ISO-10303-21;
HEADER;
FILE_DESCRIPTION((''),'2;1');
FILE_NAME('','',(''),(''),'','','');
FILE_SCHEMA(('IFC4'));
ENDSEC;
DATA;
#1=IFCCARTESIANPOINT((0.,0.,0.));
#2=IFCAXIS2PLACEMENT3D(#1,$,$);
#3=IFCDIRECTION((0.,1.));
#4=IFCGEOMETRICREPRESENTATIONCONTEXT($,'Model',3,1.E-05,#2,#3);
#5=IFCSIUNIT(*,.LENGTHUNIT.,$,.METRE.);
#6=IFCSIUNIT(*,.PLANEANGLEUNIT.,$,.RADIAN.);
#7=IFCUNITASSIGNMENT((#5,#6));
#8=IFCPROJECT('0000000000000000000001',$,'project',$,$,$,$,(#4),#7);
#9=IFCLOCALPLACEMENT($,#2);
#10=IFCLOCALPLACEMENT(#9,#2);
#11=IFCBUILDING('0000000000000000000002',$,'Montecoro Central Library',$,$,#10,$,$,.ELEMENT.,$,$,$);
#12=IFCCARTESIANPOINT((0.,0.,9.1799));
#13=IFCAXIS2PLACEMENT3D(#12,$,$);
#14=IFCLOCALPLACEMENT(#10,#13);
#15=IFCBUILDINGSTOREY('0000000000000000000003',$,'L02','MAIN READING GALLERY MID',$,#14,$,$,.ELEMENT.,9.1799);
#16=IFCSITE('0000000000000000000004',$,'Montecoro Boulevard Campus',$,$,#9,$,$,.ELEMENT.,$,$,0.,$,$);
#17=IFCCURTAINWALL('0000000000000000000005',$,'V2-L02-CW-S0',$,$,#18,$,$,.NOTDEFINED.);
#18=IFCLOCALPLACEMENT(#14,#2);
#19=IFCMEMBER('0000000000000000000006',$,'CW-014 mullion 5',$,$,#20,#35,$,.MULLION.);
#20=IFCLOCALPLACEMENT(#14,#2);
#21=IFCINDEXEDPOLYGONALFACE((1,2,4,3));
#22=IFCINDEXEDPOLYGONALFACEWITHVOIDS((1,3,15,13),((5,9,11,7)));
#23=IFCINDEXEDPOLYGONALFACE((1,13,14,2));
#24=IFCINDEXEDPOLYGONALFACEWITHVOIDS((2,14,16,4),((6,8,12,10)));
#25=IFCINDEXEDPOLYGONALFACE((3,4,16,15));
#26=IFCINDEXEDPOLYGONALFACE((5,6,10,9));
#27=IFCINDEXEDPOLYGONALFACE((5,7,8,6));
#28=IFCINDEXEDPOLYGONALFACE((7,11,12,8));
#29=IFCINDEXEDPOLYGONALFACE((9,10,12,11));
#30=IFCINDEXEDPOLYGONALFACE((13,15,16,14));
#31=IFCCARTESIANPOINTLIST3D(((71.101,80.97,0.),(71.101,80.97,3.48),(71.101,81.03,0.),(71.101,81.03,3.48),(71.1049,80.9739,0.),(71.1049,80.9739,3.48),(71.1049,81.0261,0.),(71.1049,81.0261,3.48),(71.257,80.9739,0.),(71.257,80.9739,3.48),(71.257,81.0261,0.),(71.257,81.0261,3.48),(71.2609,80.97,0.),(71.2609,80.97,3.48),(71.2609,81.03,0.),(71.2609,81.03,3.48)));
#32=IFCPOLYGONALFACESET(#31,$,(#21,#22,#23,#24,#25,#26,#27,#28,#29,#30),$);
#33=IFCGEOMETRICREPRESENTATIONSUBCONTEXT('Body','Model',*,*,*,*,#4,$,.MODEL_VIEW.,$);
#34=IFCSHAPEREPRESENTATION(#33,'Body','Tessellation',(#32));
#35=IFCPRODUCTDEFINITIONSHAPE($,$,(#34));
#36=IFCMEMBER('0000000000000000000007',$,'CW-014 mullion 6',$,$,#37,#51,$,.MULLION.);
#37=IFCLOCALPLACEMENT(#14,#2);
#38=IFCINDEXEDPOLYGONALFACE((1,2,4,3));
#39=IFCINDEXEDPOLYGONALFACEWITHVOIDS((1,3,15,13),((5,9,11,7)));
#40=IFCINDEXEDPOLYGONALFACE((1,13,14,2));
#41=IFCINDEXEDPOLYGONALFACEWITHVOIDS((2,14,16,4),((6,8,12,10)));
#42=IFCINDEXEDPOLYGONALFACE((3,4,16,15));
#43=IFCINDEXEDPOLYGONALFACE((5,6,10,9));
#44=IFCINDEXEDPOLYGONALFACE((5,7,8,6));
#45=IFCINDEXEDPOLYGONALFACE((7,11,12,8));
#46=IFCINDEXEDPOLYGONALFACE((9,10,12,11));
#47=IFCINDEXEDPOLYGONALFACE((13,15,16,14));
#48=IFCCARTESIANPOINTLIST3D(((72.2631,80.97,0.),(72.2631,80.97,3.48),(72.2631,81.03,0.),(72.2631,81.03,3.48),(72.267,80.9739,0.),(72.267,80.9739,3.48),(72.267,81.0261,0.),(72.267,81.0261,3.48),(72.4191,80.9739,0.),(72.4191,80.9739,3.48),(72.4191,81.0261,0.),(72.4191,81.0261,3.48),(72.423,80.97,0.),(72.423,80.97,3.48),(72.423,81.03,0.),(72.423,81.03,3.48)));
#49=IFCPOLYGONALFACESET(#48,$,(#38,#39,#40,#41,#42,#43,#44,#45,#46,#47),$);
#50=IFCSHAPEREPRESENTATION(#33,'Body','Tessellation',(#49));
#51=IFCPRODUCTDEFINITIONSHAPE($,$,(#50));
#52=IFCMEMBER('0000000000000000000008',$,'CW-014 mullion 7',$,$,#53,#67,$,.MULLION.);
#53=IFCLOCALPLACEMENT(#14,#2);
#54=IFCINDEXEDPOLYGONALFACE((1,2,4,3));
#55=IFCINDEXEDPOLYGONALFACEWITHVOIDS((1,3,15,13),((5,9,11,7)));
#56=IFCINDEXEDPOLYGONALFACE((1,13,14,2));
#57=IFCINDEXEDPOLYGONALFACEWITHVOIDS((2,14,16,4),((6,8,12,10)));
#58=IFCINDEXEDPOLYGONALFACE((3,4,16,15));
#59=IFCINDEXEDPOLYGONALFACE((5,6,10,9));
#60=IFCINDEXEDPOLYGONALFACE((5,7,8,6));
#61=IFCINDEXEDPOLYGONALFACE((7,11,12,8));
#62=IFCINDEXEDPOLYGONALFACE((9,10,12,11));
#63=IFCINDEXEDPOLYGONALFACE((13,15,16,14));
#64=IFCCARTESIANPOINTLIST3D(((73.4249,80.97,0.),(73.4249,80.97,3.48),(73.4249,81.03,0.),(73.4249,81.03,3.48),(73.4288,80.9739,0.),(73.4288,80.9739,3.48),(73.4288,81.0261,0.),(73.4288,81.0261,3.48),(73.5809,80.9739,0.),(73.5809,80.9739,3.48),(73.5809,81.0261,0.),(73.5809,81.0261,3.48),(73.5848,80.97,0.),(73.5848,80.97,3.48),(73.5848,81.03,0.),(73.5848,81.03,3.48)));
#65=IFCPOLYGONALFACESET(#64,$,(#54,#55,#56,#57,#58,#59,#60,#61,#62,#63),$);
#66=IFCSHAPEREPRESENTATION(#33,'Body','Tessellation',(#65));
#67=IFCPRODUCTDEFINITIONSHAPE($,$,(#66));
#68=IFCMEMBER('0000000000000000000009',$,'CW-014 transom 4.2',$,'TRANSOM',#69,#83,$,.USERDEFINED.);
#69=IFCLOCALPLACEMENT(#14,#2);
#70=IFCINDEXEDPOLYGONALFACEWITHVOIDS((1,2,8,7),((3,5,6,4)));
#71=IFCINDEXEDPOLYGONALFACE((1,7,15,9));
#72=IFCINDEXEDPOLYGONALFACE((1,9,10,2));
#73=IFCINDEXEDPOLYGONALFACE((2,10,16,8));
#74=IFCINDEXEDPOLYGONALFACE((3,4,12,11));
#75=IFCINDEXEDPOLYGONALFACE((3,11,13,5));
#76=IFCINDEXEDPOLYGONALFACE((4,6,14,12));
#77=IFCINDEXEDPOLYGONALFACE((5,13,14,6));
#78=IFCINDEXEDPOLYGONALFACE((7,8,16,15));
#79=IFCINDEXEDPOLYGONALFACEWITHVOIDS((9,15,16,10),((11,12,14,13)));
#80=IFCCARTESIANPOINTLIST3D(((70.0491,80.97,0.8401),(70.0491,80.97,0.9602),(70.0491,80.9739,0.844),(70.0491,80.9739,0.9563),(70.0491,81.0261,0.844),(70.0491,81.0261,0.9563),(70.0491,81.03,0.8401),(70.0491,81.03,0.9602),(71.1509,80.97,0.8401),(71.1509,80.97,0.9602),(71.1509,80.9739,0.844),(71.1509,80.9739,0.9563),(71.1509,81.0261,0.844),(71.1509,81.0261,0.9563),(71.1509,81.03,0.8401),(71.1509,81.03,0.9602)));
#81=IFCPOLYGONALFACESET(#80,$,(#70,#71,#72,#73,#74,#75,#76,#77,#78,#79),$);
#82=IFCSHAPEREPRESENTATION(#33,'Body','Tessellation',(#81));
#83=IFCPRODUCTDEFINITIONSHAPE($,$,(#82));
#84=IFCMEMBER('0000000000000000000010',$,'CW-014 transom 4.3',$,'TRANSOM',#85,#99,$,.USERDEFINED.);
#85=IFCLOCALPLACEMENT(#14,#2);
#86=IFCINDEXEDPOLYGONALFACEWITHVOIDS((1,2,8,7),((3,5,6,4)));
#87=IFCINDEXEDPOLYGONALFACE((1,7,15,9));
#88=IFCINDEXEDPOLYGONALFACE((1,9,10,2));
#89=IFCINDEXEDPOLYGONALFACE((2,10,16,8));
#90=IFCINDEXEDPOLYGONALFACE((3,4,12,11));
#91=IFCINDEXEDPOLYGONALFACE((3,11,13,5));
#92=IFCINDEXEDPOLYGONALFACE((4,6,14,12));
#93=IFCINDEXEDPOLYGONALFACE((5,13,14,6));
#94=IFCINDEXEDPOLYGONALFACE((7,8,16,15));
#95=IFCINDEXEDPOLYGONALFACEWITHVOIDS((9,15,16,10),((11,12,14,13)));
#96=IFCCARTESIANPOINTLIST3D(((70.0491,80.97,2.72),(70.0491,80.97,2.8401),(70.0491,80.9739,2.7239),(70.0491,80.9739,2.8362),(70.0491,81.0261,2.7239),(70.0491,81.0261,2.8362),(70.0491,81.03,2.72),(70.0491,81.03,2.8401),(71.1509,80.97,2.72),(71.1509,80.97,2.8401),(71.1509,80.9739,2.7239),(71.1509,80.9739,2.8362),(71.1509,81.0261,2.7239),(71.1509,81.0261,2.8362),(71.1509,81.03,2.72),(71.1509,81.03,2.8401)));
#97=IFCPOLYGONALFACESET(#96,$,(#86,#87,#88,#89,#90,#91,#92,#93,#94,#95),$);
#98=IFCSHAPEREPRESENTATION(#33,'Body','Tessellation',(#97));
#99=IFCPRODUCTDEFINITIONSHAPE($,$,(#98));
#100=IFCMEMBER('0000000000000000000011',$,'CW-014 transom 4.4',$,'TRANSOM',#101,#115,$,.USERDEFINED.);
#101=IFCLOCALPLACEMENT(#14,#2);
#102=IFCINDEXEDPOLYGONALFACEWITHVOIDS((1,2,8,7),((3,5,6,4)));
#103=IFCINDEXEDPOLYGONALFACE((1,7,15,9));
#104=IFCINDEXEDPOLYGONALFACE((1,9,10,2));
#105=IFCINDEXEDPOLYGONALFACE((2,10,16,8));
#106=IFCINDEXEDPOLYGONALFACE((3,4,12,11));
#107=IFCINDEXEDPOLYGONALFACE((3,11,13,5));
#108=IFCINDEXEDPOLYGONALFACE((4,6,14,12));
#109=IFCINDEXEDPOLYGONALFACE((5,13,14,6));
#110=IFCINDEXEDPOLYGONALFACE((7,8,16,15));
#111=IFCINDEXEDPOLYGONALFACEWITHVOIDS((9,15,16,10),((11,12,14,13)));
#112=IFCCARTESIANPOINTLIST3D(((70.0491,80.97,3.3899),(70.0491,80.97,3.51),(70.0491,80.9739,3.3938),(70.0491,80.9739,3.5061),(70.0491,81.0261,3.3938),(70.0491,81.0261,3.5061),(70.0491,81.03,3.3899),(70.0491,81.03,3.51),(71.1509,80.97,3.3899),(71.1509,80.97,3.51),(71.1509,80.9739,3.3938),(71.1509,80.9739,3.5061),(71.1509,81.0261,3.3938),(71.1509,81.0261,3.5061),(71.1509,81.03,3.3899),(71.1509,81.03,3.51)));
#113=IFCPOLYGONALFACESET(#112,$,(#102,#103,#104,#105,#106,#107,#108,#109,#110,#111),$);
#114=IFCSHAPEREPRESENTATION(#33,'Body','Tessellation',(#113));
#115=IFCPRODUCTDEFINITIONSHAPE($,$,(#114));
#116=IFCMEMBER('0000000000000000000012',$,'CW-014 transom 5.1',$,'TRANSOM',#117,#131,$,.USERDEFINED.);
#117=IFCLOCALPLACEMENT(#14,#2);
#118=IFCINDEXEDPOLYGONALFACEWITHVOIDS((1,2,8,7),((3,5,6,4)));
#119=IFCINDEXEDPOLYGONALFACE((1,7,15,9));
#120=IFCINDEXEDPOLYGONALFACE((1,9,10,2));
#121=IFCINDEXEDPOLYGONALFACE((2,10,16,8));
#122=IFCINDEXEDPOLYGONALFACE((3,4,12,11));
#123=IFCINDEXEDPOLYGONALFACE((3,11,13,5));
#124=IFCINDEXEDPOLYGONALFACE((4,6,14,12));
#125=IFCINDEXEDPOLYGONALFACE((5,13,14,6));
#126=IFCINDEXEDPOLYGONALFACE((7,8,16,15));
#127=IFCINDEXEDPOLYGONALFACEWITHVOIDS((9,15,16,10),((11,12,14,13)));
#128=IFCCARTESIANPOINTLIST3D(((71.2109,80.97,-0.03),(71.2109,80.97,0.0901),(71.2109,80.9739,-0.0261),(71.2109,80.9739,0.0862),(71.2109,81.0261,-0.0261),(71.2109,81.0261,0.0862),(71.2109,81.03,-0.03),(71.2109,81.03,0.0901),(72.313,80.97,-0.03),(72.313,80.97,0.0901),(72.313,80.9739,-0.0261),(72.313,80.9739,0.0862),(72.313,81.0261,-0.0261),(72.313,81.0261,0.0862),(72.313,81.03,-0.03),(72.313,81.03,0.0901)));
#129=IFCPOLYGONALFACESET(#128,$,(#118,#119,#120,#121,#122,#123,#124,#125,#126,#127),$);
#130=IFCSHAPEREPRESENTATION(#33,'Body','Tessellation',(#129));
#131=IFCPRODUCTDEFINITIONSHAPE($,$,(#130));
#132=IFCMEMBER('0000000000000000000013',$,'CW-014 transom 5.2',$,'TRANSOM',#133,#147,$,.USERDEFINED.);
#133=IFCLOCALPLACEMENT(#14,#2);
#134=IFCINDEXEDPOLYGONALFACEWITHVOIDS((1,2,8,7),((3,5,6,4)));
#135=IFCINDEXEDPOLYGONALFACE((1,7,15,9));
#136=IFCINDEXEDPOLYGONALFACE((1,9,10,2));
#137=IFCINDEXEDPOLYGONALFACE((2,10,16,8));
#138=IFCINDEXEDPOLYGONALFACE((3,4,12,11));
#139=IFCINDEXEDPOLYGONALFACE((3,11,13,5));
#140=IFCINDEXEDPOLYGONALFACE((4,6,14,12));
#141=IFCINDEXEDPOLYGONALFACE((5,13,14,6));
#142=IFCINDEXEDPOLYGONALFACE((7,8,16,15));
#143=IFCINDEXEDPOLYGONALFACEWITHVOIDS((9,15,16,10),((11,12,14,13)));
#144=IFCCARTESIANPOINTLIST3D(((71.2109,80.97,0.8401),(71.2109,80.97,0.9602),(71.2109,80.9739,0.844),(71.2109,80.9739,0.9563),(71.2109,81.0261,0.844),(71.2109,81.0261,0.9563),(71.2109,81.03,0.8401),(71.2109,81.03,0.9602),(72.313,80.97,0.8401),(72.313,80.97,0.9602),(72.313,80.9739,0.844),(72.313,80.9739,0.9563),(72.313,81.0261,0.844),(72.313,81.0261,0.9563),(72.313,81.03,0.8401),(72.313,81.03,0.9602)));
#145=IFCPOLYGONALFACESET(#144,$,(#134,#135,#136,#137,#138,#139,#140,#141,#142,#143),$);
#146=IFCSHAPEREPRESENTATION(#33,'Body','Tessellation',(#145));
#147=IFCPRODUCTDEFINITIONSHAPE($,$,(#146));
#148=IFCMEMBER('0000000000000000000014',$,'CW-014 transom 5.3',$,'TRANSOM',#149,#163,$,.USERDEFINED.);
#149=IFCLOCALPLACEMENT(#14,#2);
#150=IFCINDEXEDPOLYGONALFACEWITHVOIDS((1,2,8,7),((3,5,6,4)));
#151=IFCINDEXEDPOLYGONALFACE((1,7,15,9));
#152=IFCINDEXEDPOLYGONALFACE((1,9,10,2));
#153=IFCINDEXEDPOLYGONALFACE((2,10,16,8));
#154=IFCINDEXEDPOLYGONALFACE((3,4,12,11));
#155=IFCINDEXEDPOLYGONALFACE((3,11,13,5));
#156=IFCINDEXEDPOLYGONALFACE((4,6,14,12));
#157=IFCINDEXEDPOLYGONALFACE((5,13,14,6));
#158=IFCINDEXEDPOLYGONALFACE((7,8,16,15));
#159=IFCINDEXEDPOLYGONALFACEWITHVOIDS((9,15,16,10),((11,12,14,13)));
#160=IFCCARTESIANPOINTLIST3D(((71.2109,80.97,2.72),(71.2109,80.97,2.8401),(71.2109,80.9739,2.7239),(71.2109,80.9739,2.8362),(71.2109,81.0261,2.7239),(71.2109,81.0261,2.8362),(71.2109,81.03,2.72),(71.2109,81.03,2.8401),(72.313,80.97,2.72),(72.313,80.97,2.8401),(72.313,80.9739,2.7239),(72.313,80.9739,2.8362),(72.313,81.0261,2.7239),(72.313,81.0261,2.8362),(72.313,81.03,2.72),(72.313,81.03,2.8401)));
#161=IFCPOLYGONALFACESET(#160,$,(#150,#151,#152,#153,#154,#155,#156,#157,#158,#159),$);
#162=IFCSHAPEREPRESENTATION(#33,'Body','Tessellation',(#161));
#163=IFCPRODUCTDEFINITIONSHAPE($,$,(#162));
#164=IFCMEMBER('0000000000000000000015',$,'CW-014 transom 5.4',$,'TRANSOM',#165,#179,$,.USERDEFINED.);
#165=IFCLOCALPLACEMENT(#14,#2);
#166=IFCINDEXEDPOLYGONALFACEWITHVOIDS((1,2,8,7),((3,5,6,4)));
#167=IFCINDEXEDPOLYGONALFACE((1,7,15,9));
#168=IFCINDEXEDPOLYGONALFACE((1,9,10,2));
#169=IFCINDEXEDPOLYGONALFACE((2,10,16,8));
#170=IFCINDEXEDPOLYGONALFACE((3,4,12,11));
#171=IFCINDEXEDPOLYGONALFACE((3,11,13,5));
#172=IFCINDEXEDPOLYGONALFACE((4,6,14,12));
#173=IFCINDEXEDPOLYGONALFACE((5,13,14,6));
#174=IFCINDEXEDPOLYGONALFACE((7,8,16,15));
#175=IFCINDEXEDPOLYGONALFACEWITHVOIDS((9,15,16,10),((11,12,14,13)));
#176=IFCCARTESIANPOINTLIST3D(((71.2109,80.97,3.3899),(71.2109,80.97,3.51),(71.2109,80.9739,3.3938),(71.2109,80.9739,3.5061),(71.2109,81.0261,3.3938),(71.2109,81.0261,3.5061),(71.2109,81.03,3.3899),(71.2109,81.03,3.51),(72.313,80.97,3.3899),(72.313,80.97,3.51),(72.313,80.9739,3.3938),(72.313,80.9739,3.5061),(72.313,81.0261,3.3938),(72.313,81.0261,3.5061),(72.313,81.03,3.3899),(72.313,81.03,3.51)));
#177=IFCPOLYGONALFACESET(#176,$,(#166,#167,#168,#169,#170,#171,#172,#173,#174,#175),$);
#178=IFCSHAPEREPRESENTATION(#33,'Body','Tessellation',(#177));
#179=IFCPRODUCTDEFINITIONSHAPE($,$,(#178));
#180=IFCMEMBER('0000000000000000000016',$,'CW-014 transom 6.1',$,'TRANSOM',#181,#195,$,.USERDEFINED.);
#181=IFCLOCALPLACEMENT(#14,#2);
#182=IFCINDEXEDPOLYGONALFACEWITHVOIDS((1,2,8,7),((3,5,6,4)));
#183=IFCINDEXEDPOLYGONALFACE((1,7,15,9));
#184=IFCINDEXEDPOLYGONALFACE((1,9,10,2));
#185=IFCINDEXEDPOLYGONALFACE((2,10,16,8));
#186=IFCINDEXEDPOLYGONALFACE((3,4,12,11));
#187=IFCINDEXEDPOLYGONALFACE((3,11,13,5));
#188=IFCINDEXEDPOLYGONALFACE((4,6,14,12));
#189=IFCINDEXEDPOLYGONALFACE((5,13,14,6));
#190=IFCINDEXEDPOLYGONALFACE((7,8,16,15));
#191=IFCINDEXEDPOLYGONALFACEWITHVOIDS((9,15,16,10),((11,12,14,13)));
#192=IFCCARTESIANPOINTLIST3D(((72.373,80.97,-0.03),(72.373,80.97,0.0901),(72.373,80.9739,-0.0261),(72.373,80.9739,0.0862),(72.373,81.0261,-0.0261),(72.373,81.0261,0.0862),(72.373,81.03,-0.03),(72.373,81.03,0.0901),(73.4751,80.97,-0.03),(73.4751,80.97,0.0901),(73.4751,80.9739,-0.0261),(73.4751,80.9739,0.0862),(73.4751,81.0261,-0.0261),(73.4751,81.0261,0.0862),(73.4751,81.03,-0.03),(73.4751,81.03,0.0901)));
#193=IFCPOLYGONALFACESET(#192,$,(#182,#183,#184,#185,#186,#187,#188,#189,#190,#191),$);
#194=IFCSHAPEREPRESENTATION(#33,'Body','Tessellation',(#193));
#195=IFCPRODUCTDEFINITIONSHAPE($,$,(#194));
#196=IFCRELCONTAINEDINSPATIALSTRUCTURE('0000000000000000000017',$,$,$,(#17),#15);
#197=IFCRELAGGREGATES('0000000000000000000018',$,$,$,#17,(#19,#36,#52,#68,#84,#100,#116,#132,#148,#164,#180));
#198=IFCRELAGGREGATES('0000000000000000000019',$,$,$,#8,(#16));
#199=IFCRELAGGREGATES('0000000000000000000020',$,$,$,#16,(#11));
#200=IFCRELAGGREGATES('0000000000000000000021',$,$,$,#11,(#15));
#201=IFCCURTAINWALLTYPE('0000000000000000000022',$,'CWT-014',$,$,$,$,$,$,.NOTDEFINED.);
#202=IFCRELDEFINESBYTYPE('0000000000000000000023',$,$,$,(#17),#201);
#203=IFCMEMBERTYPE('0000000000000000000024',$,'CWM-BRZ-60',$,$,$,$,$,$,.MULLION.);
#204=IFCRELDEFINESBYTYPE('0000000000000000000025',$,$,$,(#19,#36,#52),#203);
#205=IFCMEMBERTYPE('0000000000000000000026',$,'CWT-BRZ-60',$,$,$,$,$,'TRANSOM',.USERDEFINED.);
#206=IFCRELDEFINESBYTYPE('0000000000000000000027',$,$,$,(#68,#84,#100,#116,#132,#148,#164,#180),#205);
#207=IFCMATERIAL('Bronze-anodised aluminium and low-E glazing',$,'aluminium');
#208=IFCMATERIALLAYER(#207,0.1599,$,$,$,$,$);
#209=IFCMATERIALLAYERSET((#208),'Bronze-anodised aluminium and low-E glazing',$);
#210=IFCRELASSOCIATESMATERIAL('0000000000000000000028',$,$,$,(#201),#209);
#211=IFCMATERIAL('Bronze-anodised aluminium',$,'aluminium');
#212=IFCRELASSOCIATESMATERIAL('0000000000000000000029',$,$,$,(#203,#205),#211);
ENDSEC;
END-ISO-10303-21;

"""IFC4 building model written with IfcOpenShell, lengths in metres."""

from ifc_helpers import new_model, si_unit, direction, frame, origin, origin_2d, place, context, subcontext, project, spatial, hollow_rectangle, extrude, material, layer, layer_set, material_profile, profile_set, type_object, element, aggregate, save


model = new_model("IFC4")

# Units and contexts
model_context = context("Model", 3, precision=1e-05, world=origin(), true_north=direction((0.0, 1.0)))
body_context = subcontext(model_context, "Body", "Model", "MODEL_VIEW")
ifc_project = project(units=[si_unit("LENGTHUNIT", "METRE"), si_unit("PLANEANGLEUNIT", "RADIAN")], contexts=[model_context])

# Site, building, storey
site_placement = place(None, origin())
site = spatial("IfcSite", under=ifc_project, at=site_placement, Name="Montecoro Boulevard Campus", CompositionType="ELEMENT", RefElevation=0.0)
building_placement = place(site_placement, origin())
building = spatial("IfcBuilding", under=site, at=building_placement, Name="Montecoro Central Library", CompositionType="ELEMENT")
storey_placement = place(building_placement, frame((0.0, 0.0, 9.1799)))
storey = spatial("IfcBuildingStorey", under=building, at=storey_placement, Name="L02", Description="MAIN READING GALLERY MID", CompositionType="ELEMENT", Elevation=9.1799)

# Curtain wall, members
ifc_material_1 = material(Name="Bronze-anodised aluminium and low-E glazing", Category="aluminium")
ifc_layer_1 = layer(ifc_material_1, 0.1599)
ifc_layer_set_1 = layer_set([ifc_layer_1], Name="Bronze-anodised aluminium and low-E glazing")
curtain_wall_type = type_object("IfcCurtainWallType", Name="CWT-014", PredefinedType="NOTDEFINED", material=ifc_layer_set_1)
curtain_wall_placement = place(storey_placement, origin())
curtain_wall = element("IfcCurtainWall", 1, at=curtain_wall_placement, inside=storey, type_object=curtain_wall_type, Name="V2-L02-CW-S0", PredefinedType="NOTDEFINED")
ifc_material_2 = material(Name="Bronze-anodised aluminium", Category="aluminium")
ifc_material_profile_1 = material_profile(ifc_material_2, hollow_rectangle(XDim=0.0601, YDim=0.1599, WallThickness=0.0039, at=origin_2d()), Name="CWM 160x60x4.0")
ifc_profile_set_1 = profile_set([ifc_material_profile_1], Name="Bronze-anodised aluminium")
member_type_1 = type_object("IfcMemberType", Name="CWM-BRZ-60", PredefinedType="MULLION", material=ifc_profile_set_1)
member_1_placement = place(storey_placement, frame((71.1809, 81.0, 0.0), z_axis=(0.0, 0.0, 1.0), x_axis=(0.0, 1.0, 0.0)))
member_1 = element("IfcMember", 2, at=member_1_placement, type_object=member_type_1, Name="CW-014 mullion 5", PredefinedType="MULLION", context=body_context, shape_type="SweptSolid", body=[
    extrude(hollow_rectangle(XDim=0.0601, YDim=0.1599, WallThickness=0.0039, at=origin_2d()), origin(), (0.0, 0.0, 1.0), 3.48),
])
member_2_placement = place(storey_placement, frame((72.343, 81.0, 0.0), z_axis=(0.0, 0.0, 1.0), x_axis=(0.0, 1.0, 0.0)))
member_2 = element("IfcMember", 3, at=member_2_placement, type_object=member_type_1, Name="CW-014 mullion 6", PredefinedType="MULLION", context=body_context, shape_type="SweptSolid", body=[
    extrude(hollow_rectangle(XDim=0.0601, YDim=0.1599, WallThickness=0.0039, at=origin_2d()), origin(), (0.0, 0.0, 1.0), 3.48),
])
member_3_placement = place(storey_placement, frame((73.5049, 81.0, 0.0), z_axis=(0.0, 0.0, 1.0), x_axis=(0.0, 1.0, 0.0)))
member_3 = element("IfcMember", 4, at=member_3_placement, type_object=member_type_1, Name="CW-014 mullion 7", PredefinedType="MULLION", context=body_context, shape_type="SweptSolid", body=[
    extrude(hollow_rectangle(XDim=0.0601, YDim=0.1599, WallThickness=0.0039, at=origin_2d()), origin(), (0.0, 0.0, 1.0), 3.48),
])
ifc_material_profile_2 = material_profile(ifc_material_2, hollow_rectangle(XDim=0.0601, YDim=0.1201, WallThickness=0.0039, at=origin_2d()), Name="CWT 120x60x4.0")
ifc_profile_set_2 = profile_set([ifc_material_profile_2], Name="Bronze-anodised aluminium")
member_type_2 = type_object("IfcMemberType", Name="CWT-BRZ-60", ElementType="TRANSOM", PredefinedType="USERDEFINED", material=ifc_profile_set_2)
member_4_placement = place(storey_placement, frame((70.0491, 81.0, 0.9001), z_axis=(1.0, 0.0, 0.0), x_axis=(0.0, 1.0, 0.0)))
member_4 = element("IfcMember", 5, at=member_4_placement, type_object=member_type_2, Name="CW-014 transom 4.2", ObjectType="TRANSOM", PredefinedType="USERDEFINED", context=body_context, shape_type="SweptSolid", body=[
    extrude(hollow_rectangle(XDim=0.0601, YDim=0.1201, WallThickness=0.0039, at=origin_2d()), origin(), (0.0, 0.0, 1.0), 1.1018),
])
member_5_placement = place(storey_placement, frame((70.0491, 81.0, 2.78), z_axis=(1.0, 0.0, 0.0), x_axis=(0.0, 1.0, 0.0)))
member_5 = element("IfcMember", 6, at=member_5_placement, type_object=member_type_2, Name="CW-014 transom 4.3", ObjectType="TRANSOM", PredefinedType="USERDEFINED", context=body_context, shape_type="SweptSolid", body=[
    extrude(hollow_rectangle(XDim=0.0601, YDim=0.1201, WallThickness=0.0039, at=origin_2d()), origin(), (0.0, 0.0, 1.0), 1.1018),
])
member_6_placement = place(storey_placement, frame((70.0491, 81.0, 3.45), z_axis=(1.0, 0.0, 0.0), x_axis=(0.0, 1.0, 0.0)))
member_6 = element("IfcMember", 7, at=member_6_placement, type_object=member_type_2, Name="CW-014 transom 4.4", ObjectType="TRANSOM", PredefinedType="USERDEFINED", context=body_context, shape_type="SweptSolid", body=[
    extrude(hollow_rectangle(XDim=0.0601, YDim=0.1201, WallThickness=0.0039, at=origin_2d()), origin(), (0.0, 0.0, 1.0), 1.1018),
])
member_7_placement = place(storey_placement, frame((71.2109, 81.0, 0.03), z_axis=(1.0, 0.0, 0.0), x_axis=(0.0, 1.0, 0.0)))
member_7 = element("IfcMember", 8, at=member_7_placement, type_object=member_type_2, Name="CW-014 transom 5.1", ObjectType="TRANSOM", PredefinedType="USERDEFINED", context=body_context, shape_type="SweptSolid", body=[
    extrude(hollow_rectangle(XDim=0.0601, YDim=0.1201, WallThickness=0.0039, at=origin_2d()), origin(), (0.0, 0.0, 1.0), 1.1021),
])
member_8_placement = place(storey_placement, frame((71.2109, 81.0, 0.9001), z_axis=(1.0, 0.0, 0.0), x_axis=(0.0, 1.0, 0.0)))
member_8 = element("IfcMember", 9, at=member_8_placement, type_object=member_type_2, Name="CW-014 transom 5.2", ObjectType="TRANSOM", PredefinedType="USERDEFINED", context=body_context, shape_type="SweptSolid", body=[
    extrude(hollow_rectangle(XDim=0.0601, YDim=0.1201, WallThickness=0.0039, at=origin_2d()), origin(), (0.0, 0.0, 1.0), 1.1021),
])
member_9_placement = place(storey_placement, frame((71.2109, 81.0, 2.78), z_axis=(1.0, 0.0, 0.0), x_axis=(0.0, 1.0, 0.0)))
member_9 = element("IfcMember", 10, at=member_9_placement, type_object=member_type_2, Name="CW-014 transom 5.3", ObjectType="TRANSOM", PredefinedType="USERDEFINED", context=body_context, shape_type="SweptSolid", body=[
    extrude(hollow_rectangle(XDim=0.0601, YDim=0.1201, WallThickness=0.0039, at=origin_2d()), origin(), (0.0, 0.0, 1.0), 1.1021),
])
member_10_placement = place(storey_placement, frame((71.2109, 81.0, 3.45), z_axis=(1.0, 0.0, 0.0), x_axis=(0.0, 1.0, 0.0)))
member_10 = element("IfcMember", 11, at=member_10_placement, type_object=member_type_2, Name="CW-014 transom 5.4", ObjectType="TRANSOM", PredefinedType="USERDEFINED", context=body_context, shape_type="SweptSolid", body=[
    extrude(hollow_rectangle(XDim=0.0601, YDim=0.1201, WallThickness=0.0039, at=origin_2d()), origin(), (0.0, 0.0, 1.0), 1.1021),
])
member_11_placement = place(storey_placement, frame((72.373, 81.0, 0.03), z_axis=(1.0, 0.0, 0.0), x_axis=(0.0, 1.0, 0.0)))
member_11 = element("IfcMember", 12, at=member_11_placement, type_object=member_type_2, Name="CW-014 transom 6.1", ObjectType="TRANSOM", PredefinedType="USERDEFINED", context=body_context, shape_type="SweptSolid", body=[
    extrude(hollow_rectangle(XDim=0.0601, YDim=0.1201, WallThickness=0.0039, at=origin_2d()), origin(), (0.0, 0.0, 1.0), 1.1021),
])
aggregate(curtain_wall, [member_1, member_2, member_3, member_4, member_5, member_6, member_7, member_8, member_9, member_10, member_11])

save(model, "model.ifc")
